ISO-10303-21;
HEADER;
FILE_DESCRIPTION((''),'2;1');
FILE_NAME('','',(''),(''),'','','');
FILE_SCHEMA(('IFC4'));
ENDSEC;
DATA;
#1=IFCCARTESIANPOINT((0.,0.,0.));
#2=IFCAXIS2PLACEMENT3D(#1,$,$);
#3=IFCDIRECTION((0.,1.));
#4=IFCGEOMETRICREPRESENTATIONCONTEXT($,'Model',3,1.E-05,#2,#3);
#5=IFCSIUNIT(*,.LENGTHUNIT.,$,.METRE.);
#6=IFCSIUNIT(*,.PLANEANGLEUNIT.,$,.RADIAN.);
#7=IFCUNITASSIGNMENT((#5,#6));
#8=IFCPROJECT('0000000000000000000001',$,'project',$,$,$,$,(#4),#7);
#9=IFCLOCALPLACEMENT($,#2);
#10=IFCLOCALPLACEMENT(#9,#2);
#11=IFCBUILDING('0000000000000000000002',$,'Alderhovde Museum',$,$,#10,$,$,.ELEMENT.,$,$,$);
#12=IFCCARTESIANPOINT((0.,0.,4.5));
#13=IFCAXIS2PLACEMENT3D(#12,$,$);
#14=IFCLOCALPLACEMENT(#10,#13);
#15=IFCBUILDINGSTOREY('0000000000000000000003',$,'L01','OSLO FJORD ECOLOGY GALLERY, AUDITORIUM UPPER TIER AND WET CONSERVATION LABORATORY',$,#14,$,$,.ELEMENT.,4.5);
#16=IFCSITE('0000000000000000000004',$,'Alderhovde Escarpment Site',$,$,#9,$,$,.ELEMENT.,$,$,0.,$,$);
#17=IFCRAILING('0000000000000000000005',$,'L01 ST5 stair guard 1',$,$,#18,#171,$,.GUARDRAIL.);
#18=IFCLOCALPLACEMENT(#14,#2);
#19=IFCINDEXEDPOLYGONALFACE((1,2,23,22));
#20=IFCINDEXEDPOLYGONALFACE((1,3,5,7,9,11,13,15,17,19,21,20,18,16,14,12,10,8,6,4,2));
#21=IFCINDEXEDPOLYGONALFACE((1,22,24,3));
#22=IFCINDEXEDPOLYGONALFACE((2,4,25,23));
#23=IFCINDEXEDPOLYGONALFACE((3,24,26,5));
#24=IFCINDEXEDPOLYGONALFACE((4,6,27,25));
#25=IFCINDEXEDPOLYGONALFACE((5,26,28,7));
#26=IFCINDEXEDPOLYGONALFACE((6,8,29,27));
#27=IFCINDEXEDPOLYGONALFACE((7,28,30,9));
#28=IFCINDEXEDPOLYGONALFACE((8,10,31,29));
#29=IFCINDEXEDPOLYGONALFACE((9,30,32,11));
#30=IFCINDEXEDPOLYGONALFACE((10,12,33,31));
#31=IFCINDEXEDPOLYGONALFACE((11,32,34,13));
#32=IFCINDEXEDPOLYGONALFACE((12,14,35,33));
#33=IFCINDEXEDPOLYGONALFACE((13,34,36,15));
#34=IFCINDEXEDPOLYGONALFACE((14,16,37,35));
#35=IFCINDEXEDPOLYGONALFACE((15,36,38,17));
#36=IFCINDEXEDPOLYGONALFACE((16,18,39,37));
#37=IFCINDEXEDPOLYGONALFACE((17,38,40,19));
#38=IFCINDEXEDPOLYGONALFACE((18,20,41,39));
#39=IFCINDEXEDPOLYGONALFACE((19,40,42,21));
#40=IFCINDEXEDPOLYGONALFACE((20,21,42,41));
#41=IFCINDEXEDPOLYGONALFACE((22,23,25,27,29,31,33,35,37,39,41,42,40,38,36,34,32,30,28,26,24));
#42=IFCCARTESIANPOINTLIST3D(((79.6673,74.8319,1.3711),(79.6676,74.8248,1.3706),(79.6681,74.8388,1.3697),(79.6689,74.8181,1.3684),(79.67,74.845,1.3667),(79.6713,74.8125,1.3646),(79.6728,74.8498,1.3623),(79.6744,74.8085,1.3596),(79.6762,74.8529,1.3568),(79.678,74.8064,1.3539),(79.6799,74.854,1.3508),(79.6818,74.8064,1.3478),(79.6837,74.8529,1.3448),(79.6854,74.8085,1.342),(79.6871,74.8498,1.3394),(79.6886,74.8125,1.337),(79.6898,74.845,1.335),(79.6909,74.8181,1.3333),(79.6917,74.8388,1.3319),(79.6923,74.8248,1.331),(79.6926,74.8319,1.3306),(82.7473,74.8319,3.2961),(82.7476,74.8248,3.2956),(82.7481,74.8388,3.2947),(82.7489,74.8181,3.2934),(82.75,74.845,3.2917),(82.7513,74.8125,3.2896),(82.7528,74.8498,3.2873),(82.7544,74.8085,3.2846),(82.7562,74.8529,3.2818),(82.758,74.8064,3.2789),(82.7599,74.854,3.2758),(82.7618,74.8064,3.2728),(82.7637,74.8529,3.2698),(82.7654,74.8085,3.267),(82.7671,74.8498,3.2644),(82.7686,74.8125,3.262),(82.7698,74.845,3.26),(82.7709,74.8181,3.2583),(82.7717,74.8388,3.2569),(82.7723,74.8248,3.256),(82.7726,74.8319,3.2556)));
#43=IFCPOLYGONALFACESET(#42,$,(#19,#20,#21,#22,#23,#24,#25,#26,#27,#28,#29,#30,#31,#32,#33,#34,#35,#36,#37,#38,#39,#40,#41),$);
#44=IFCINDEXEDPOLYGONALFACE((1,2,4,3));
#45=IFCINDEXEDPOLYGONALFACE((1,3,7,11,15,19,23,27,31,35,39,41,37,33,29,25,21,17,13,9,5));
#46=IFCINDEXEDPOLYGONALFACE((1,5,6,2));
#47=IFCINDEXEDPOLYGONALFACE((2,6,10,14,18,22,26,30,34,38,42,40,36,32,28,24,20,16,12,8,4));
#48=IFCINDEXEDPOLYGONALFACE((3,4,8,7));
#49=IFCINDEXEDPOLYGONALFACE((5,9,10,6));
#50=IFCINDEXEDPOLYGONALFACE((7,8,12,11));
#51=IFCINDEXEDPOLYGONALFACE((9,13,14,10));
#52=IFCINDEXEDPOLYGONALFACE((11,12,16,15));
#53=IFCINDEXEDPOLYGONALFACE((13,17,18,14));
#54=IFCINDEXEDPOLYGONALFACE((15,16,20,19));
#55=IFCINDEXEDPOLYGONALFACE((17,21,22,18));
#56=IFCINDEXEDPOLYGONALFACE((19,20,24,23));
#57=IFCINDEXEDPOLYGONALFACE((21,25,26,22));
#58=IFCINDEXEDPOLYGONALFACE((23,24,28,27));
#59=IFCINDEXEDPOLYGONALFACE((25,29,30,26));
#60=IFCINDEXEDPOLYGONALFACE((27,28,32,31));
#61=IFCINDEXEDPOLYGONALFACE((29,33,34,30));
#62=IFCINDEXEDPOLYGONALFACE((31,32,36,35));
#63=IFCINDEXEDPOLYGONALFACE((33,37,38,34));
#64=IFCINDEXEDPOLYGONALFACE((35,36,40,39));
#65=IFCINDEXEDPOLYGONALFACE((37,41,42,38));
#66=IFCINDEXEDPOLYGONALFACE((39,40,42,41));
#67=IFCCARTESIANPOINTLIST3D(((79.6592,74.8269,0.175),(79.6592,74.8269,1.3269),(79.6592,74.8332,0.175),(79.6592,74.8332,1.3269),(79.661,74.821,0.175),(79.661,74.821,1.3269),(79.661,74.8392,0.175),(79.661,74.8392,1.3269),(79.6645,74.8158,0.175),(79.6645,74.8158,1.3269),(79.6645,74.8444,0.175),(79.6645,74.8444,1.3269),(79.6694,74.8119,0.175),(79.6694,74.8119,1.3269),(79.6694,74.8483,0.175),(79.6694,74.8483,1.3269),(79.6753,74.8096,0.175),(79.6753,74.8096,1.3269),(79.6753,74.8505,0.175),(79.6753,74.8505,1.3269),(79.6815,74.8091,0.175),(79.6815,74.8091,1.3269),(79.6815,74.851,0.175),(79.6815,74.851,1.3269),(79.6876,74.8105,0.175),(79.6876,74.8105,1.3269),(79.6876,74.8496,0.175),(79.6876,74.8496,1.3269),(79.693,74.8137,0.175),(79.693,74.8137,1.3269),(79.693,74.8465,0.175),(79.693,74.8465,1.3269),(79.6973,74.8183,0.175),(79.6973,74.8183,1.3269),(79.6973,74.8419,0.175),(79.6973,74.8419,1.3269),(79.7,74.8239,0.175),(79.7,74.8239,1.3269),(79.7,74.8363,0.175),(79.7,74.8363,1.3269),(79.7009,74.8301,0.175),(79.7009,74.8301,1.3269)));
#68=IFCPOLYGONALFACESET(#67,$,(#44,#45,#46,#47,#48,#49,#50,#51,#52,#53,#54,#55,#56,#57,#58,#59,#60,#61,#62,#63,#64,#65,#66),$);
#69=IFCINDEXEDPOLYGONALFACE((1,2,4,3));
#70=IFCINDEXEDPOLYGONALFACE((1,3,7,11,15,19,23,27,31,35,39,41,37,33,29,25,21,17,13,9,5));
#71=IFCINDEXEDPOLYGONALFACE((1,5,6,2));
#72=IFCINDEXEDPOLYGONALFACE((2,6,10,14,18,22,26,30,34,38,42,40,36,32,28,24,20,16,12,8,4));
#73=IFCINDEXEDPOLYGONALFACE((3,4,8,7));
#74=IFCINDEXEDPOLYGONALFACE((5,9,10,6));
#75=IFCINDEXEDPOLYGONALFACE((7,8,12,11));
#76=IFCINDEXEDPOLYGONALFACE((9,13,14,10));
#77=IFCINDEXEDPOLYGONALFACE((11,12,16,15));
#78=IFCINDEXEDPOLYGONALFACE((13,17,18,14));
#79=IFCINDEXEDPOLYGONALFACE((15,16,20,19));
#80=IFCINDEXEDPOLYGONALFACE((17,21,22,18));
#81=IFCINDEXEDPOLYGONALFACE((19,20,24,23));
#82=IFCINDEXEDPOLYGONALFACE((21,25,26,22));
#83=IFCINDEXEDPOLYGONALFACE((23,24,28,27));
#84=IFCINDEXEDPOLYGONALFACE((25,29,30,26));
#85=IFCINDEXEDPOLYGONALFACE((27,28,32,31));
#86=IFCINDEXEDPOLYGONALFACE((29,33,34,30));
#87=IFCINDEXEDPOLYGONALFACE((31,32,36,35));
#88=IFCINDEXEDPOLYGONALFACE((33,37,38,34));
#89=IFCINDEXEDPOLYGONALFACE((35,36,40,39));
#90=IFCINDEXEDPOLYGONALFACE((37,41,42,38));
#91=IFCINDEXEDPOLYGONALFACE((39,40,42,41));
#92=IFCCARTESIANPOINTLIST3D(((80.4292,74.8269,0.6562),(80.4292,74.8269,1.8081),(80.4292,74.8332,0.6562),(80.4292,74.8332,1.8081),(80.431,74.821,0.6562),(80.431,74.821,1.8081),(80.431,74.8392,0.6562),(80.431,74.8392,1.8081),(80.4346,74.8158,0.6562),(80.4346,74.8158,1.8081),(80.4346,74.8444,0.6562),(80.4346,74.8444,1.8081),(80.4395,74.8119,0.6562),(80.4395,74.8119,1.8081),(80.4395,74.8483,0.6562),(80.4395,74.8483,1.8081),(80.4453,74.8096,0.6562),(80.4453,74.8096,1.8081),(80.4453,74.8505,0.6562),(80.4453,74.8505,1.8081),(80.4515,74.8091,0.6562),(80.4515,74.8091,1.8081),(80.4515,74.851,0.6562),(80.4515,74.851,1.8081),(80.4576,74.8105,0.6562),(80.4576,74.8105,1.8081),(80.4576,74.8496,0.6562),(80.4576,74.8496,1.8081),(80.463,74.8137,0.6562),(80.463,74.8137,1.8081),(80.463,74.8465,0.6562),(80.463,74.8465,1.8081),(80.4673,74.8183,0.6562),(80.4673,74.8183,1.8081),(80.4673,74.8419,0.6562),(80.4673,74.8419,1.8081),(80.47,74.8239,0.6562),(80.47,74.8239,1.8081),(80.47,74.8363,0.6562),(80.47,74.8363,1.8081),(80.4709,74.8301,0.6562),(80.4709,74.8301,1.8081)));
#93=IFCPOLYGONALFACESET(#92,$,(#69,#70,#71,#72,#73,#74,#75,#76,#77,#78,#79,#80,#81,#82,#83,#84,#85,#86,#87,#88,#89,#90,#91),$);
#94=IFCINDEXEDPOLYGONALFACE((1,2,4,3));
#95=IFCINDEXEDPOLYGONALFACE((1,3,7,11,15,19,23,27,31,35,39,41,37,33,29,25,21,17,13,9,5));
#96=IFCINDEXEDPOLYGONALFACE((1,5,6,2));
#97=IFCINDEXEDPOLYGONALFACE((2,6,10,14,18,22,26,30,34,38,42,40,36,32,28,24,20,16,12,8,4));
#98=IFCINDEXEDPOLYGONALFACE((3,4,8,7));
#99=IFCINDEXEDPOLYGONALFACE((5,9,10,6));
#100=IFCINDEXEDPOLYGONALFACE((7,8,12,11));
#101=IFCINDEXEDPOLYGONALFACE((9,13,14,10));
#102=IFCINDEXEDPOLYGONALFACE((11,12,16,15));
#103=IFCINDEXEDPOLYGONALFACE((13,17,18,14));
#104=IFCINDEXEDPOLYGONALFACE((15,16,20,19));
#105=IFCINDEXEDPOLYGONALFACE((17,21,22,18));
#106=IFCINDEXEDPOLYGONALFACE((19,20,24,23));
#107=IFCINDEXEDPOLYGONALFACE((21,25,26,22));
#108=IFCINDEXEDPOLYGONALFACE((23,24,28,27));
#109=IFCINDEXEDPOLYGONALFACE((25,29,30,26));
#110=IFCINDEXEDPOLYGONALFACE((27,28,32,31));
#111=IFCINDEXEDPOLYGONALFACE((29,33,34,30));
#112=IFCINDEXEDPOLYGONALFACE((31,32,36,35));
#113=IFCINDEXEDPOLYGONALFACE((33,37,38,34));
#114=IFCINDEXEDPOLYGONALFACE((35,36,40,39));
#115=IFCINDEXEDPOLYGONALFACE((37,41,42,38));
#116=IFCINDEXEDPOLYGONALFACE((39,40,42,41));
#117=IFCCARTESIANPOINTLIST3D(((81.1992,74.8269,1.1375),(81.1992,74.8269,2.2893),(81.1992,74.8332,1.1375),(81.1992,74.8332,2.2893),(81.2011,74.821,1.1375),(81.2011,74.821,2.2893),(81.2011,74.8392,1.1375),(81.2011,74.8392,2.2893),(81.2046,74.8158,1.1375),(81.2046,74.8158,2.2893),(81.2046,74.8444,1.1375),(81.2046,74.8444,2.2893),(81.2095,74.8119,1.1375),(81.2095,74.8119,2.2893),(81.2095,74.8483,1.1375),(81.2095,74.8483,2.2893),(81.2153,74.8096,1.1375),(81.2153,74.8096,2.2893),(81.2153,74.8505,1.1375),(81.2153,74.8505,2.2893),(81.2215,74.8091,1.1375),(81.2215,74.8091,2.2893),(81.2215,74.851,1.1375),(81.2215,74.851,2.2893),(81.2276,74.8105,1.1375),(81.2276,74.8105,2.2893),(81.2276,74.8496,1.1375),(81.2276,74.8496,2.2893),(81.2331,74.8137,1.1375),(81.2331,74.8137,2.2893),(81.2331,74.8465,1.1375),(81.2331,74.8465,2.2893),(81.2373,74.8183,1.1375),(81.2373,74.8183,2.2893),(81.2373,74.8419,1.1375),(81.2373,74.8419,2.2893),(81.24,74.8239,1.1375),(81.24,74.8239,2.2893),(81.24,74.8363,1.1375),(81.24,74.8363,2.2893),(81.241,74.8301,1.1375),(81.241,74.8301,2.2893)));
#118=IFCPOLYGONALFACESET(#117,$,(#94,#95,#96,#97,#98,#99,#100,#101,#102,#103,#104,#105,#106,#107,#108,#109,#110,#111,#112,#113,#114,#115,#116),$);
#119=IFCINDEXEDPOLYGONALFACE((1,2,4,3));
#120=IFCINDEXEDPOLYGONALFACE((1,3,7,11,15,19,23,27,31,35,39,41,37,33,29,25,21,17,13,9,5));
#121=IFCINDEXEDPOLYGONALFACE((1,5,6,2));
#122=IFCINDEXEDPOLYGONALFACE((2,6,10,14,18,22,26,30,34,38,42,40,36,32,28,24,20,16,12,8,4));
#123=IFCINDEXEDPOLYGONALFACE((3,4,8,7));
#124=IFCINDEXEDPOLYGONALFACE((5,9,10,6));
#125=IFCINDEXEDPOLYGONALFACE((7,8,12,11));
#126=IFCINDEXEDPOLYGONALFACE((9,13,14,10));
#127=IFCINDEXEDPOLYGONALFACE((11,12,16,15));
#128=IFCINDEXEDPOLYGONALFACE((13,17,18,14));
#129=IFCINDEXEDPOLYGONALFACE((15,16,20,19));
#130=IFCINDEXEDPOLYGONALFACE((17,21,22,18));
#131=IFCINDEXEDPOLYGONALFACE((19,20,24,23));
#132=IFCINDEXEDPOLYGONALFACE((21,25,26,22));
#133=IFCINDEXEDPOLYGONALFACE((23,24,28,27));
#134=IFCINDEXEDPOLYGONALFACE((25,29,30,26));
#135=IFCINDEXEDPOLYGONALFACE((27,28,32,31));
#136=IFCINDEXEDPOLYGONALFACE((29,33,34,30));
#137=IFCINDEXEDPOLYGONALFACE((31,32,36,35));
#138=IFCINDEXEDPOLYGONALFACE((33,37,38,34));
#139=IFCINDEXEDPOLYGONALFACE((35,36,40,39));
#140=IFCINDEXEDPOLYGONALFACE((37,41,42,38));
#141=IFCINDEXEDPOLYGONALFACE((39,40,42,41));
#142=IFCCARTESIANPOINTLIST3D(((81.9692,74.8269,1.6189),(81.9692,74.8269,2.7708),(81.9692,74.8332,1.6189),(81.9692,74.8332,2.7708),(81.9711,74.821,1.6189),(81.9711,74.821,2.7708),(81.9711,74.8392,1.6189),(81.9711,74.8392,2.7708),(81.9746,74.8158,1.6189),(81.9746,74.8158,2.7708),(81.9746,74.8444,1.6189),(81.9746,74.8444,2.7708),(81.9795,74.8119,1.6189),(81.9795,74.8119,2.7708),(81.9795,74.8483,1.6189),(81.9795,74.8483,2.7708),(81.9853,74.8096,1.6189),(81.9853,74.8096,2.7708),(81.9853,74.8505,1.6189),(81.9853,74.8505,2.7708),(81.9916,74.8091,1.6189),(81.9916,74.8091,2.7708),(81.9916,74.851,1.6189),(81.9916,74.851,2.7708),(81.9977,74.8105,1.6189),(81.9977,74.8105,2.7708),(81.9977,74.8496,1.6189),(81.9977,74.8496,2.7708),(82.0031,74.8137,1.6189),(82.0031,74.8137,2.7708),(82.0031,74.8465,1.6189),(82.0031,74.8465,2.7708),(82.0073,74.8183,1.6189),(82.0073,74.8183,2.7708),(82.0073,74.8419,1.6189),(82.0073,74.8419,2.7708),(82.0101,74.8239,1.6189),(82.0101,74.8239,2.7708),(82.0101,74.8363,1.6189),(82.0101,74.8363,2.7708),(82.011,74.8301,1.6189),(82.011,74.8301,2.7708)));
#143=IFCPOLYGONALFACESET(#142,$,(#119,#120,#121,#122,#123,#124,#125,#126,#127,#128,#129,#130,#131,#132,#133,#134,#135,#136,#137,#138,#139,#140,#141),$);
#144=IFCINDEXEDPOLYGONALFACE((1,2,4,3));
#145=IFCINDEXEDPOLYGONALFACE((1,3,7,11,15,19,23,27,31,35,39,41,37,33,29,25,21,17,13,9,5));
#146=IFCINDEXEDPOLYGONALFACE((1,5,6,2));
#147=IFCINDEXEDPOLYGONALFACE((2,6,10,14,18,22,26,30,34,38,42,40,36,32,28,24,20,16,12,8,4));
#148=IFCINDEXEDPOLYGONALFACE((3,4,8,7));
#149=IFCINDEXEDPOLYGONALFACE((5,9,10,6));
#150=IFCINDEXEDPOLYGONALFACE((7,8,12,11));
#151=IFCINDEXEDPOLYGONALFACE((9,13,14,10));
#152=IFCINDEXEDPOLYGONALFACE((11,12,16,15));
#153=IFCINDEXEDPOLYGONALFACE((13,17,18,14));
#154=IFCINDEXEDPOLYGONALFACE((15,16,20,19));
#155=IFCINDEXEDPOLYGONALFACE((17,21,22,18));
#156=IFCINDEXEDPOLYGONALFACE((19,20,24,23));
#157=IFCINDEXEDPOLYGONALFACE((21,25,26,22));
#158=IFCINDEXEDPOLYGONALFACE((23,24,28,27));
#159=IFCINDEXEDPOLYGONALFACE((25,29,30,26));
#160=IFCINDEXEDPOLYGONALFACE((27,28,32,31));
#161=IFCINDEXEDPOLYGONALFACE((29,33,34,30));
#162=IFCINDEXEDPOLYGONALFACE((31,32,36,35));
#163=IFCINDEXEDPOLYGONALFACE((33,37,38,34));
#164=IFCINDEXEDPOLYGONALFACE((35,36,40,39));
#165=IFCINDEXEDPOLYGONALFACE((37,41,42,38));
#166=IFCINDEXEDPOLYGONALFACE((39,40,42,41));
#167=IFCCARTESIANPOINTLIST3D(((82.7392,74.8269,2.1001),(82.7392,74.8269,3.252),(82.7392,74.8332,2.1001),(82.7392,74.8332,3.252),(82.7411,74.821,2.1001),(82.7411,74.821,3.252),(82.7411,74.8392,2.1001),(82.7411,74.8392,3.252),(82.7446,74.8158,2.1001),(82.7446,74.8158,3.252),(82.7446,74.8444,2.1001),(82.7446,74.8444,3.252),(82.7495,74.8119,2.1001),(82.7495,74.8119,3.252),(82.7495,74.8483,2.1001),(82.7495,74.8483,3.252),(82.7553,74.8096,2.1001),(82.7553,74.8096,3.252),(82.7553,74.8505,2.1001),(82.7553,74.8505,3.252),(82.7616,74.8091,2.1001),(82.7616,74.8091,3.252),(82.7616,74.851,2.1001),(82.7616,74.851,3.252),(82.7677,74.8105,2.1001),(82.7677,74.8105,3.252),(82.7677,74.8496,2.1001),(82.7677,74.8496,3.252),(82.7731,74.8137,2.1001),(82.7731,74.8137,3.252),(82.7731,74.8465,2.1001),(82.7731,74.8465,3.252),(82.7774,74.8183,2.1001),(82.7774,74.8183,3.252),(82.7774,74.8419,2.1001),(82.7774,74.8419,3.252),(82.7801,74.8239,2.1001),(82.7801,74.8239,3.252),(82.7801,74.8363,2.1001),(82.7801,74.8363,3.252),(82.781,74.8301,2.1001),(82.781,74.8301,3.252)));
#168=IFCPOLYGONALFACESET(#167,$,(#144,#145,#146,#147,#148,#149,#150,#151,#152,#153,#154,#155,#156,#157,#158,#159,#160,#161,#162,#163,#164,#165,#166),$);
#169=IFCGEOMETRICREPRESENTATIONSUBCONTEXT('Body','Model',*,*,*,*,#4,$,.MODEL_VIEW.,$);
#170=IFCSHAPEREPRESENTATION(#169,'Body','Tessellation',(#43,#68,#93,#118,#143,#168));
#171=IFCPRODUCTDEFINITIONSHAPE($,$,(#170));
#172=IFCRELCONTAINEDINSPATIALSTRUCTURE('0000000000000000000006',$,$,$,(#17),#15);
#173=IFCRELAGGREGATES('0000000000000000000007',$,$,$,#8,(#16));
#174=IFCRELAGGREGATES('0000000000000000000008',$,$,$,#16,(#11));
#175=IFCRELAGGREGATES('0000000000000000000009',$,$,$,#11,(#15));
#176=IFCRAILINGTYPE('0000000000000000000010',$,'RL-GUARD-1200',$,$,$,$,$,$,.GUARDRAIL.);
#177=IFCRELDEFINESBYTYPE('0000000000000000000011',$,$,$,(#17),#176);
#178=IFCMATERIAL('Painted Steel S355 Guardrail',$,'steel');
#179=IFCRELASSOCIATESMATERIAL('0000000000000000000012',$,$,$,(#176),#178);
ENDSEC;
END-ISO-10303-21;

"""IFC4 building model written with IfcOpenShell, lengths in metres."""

from ifc_helpers import new_model, si_unit, direction, frame, origin, origin_2d, place, context, subcontext, project, spatial, circle, extrude, material, type_object, element, save


model = new_model("IFC4")

# Units and contexts
model_context = context("Model", 3, precision=1e-05, world=origin(), true_north=direction((0.0, 1.0)))
body_context = subcontext(model_context, "Body", "Model", "MODEL_VIEW")
ifc_project = project(units=[si_unit("LENGTHUNIT", "METRE"), si_unit("PLANEANGLEUNIT", "RADIAN")], contexts=[model_context])

# Site, building, storey
site_placement = place(None, origin())
site = spatial("IfcSite", under=ifc_project, at=site_placement, Name="Alderhovde Escarpment Site", CompositionType="ELEMENT", RefElevation=0.0)
building_placement = place(site_placement, origin())
building = spatial("IfcBuilding", under=site, at=building_placement, Name="Alderhovde Museum", CompositionType="ELEMENT")
storey_placement = place(building_placement, frame((0.0, 0.0, 4.5)))
storey = spatial("IfcBuildingStorey", under=building, at=storey_placement, Name="L01", Description="OSLO FJORD ECOLOGY GALLERY, AUDITORIUM UPPER TIER AND WET CONSERVATION LABORATORY", CompositionType="ELEMENT", Elevation=4.5)

# Railing
ifc_material_1 = material(Name="Painted Steel S355 Guardrail", Category="steel")
railing_type_1 = type_object("IfcRailingType", Name="RL-GUARD-1200", PredefinedType="GUARDRAIL", material=ifc_material_1)
railing_1_placement = place(storey_placement, frame((79.6799, 74.8301, 0.175)))
element("IfcRailing", 1, at=railing_1_placement, inside=storey, type_object=railing_type_1, Name="L01 ST5 stair guard 1", PredefinedType="GUARDRAIL", context=body_context, shape_type="SweptSolid", body=[
    extrude(circle(Radius=0.0239, at=origin_2d()), frame((0.0, 0.0, 1.1758), z_axis=(0.847998, 0.0, 0.529999), x_axis=(0.0, 1.0, 0.0)), (0.0, 0.0, 1.0), 3.6321),
    extrude(circle(Radius=0.021, at=origin_2d()), origin(), (0.0, 0.0, 1.0), 1.1519),
    extrude(circle(Radius=0.021, at=origin_2d()), frame((0.77, 0.0, 0.4812)), (0.0, 0.0, 1.0), 1.1519),
    extrude(circle(Radius=0.021, at=origin_2d()), frame((1.54, 0.0, 0.9624)), (0.0, 0.0, 1.0), 1.1519),
    extrude(circle(Radius=0.021, at=origin_2d()), frame((2.3101, 0.0, 1.4438)), (0.0, 0.0, 1.0), 1.1519),
    extrude(circle(Radius=0.021, at=origin_2d()), frame((3.0801, 0.0, 1.925)), (0.0, 0.0, 1.0), 1.1519),
])

save(model, "model.ifc")
